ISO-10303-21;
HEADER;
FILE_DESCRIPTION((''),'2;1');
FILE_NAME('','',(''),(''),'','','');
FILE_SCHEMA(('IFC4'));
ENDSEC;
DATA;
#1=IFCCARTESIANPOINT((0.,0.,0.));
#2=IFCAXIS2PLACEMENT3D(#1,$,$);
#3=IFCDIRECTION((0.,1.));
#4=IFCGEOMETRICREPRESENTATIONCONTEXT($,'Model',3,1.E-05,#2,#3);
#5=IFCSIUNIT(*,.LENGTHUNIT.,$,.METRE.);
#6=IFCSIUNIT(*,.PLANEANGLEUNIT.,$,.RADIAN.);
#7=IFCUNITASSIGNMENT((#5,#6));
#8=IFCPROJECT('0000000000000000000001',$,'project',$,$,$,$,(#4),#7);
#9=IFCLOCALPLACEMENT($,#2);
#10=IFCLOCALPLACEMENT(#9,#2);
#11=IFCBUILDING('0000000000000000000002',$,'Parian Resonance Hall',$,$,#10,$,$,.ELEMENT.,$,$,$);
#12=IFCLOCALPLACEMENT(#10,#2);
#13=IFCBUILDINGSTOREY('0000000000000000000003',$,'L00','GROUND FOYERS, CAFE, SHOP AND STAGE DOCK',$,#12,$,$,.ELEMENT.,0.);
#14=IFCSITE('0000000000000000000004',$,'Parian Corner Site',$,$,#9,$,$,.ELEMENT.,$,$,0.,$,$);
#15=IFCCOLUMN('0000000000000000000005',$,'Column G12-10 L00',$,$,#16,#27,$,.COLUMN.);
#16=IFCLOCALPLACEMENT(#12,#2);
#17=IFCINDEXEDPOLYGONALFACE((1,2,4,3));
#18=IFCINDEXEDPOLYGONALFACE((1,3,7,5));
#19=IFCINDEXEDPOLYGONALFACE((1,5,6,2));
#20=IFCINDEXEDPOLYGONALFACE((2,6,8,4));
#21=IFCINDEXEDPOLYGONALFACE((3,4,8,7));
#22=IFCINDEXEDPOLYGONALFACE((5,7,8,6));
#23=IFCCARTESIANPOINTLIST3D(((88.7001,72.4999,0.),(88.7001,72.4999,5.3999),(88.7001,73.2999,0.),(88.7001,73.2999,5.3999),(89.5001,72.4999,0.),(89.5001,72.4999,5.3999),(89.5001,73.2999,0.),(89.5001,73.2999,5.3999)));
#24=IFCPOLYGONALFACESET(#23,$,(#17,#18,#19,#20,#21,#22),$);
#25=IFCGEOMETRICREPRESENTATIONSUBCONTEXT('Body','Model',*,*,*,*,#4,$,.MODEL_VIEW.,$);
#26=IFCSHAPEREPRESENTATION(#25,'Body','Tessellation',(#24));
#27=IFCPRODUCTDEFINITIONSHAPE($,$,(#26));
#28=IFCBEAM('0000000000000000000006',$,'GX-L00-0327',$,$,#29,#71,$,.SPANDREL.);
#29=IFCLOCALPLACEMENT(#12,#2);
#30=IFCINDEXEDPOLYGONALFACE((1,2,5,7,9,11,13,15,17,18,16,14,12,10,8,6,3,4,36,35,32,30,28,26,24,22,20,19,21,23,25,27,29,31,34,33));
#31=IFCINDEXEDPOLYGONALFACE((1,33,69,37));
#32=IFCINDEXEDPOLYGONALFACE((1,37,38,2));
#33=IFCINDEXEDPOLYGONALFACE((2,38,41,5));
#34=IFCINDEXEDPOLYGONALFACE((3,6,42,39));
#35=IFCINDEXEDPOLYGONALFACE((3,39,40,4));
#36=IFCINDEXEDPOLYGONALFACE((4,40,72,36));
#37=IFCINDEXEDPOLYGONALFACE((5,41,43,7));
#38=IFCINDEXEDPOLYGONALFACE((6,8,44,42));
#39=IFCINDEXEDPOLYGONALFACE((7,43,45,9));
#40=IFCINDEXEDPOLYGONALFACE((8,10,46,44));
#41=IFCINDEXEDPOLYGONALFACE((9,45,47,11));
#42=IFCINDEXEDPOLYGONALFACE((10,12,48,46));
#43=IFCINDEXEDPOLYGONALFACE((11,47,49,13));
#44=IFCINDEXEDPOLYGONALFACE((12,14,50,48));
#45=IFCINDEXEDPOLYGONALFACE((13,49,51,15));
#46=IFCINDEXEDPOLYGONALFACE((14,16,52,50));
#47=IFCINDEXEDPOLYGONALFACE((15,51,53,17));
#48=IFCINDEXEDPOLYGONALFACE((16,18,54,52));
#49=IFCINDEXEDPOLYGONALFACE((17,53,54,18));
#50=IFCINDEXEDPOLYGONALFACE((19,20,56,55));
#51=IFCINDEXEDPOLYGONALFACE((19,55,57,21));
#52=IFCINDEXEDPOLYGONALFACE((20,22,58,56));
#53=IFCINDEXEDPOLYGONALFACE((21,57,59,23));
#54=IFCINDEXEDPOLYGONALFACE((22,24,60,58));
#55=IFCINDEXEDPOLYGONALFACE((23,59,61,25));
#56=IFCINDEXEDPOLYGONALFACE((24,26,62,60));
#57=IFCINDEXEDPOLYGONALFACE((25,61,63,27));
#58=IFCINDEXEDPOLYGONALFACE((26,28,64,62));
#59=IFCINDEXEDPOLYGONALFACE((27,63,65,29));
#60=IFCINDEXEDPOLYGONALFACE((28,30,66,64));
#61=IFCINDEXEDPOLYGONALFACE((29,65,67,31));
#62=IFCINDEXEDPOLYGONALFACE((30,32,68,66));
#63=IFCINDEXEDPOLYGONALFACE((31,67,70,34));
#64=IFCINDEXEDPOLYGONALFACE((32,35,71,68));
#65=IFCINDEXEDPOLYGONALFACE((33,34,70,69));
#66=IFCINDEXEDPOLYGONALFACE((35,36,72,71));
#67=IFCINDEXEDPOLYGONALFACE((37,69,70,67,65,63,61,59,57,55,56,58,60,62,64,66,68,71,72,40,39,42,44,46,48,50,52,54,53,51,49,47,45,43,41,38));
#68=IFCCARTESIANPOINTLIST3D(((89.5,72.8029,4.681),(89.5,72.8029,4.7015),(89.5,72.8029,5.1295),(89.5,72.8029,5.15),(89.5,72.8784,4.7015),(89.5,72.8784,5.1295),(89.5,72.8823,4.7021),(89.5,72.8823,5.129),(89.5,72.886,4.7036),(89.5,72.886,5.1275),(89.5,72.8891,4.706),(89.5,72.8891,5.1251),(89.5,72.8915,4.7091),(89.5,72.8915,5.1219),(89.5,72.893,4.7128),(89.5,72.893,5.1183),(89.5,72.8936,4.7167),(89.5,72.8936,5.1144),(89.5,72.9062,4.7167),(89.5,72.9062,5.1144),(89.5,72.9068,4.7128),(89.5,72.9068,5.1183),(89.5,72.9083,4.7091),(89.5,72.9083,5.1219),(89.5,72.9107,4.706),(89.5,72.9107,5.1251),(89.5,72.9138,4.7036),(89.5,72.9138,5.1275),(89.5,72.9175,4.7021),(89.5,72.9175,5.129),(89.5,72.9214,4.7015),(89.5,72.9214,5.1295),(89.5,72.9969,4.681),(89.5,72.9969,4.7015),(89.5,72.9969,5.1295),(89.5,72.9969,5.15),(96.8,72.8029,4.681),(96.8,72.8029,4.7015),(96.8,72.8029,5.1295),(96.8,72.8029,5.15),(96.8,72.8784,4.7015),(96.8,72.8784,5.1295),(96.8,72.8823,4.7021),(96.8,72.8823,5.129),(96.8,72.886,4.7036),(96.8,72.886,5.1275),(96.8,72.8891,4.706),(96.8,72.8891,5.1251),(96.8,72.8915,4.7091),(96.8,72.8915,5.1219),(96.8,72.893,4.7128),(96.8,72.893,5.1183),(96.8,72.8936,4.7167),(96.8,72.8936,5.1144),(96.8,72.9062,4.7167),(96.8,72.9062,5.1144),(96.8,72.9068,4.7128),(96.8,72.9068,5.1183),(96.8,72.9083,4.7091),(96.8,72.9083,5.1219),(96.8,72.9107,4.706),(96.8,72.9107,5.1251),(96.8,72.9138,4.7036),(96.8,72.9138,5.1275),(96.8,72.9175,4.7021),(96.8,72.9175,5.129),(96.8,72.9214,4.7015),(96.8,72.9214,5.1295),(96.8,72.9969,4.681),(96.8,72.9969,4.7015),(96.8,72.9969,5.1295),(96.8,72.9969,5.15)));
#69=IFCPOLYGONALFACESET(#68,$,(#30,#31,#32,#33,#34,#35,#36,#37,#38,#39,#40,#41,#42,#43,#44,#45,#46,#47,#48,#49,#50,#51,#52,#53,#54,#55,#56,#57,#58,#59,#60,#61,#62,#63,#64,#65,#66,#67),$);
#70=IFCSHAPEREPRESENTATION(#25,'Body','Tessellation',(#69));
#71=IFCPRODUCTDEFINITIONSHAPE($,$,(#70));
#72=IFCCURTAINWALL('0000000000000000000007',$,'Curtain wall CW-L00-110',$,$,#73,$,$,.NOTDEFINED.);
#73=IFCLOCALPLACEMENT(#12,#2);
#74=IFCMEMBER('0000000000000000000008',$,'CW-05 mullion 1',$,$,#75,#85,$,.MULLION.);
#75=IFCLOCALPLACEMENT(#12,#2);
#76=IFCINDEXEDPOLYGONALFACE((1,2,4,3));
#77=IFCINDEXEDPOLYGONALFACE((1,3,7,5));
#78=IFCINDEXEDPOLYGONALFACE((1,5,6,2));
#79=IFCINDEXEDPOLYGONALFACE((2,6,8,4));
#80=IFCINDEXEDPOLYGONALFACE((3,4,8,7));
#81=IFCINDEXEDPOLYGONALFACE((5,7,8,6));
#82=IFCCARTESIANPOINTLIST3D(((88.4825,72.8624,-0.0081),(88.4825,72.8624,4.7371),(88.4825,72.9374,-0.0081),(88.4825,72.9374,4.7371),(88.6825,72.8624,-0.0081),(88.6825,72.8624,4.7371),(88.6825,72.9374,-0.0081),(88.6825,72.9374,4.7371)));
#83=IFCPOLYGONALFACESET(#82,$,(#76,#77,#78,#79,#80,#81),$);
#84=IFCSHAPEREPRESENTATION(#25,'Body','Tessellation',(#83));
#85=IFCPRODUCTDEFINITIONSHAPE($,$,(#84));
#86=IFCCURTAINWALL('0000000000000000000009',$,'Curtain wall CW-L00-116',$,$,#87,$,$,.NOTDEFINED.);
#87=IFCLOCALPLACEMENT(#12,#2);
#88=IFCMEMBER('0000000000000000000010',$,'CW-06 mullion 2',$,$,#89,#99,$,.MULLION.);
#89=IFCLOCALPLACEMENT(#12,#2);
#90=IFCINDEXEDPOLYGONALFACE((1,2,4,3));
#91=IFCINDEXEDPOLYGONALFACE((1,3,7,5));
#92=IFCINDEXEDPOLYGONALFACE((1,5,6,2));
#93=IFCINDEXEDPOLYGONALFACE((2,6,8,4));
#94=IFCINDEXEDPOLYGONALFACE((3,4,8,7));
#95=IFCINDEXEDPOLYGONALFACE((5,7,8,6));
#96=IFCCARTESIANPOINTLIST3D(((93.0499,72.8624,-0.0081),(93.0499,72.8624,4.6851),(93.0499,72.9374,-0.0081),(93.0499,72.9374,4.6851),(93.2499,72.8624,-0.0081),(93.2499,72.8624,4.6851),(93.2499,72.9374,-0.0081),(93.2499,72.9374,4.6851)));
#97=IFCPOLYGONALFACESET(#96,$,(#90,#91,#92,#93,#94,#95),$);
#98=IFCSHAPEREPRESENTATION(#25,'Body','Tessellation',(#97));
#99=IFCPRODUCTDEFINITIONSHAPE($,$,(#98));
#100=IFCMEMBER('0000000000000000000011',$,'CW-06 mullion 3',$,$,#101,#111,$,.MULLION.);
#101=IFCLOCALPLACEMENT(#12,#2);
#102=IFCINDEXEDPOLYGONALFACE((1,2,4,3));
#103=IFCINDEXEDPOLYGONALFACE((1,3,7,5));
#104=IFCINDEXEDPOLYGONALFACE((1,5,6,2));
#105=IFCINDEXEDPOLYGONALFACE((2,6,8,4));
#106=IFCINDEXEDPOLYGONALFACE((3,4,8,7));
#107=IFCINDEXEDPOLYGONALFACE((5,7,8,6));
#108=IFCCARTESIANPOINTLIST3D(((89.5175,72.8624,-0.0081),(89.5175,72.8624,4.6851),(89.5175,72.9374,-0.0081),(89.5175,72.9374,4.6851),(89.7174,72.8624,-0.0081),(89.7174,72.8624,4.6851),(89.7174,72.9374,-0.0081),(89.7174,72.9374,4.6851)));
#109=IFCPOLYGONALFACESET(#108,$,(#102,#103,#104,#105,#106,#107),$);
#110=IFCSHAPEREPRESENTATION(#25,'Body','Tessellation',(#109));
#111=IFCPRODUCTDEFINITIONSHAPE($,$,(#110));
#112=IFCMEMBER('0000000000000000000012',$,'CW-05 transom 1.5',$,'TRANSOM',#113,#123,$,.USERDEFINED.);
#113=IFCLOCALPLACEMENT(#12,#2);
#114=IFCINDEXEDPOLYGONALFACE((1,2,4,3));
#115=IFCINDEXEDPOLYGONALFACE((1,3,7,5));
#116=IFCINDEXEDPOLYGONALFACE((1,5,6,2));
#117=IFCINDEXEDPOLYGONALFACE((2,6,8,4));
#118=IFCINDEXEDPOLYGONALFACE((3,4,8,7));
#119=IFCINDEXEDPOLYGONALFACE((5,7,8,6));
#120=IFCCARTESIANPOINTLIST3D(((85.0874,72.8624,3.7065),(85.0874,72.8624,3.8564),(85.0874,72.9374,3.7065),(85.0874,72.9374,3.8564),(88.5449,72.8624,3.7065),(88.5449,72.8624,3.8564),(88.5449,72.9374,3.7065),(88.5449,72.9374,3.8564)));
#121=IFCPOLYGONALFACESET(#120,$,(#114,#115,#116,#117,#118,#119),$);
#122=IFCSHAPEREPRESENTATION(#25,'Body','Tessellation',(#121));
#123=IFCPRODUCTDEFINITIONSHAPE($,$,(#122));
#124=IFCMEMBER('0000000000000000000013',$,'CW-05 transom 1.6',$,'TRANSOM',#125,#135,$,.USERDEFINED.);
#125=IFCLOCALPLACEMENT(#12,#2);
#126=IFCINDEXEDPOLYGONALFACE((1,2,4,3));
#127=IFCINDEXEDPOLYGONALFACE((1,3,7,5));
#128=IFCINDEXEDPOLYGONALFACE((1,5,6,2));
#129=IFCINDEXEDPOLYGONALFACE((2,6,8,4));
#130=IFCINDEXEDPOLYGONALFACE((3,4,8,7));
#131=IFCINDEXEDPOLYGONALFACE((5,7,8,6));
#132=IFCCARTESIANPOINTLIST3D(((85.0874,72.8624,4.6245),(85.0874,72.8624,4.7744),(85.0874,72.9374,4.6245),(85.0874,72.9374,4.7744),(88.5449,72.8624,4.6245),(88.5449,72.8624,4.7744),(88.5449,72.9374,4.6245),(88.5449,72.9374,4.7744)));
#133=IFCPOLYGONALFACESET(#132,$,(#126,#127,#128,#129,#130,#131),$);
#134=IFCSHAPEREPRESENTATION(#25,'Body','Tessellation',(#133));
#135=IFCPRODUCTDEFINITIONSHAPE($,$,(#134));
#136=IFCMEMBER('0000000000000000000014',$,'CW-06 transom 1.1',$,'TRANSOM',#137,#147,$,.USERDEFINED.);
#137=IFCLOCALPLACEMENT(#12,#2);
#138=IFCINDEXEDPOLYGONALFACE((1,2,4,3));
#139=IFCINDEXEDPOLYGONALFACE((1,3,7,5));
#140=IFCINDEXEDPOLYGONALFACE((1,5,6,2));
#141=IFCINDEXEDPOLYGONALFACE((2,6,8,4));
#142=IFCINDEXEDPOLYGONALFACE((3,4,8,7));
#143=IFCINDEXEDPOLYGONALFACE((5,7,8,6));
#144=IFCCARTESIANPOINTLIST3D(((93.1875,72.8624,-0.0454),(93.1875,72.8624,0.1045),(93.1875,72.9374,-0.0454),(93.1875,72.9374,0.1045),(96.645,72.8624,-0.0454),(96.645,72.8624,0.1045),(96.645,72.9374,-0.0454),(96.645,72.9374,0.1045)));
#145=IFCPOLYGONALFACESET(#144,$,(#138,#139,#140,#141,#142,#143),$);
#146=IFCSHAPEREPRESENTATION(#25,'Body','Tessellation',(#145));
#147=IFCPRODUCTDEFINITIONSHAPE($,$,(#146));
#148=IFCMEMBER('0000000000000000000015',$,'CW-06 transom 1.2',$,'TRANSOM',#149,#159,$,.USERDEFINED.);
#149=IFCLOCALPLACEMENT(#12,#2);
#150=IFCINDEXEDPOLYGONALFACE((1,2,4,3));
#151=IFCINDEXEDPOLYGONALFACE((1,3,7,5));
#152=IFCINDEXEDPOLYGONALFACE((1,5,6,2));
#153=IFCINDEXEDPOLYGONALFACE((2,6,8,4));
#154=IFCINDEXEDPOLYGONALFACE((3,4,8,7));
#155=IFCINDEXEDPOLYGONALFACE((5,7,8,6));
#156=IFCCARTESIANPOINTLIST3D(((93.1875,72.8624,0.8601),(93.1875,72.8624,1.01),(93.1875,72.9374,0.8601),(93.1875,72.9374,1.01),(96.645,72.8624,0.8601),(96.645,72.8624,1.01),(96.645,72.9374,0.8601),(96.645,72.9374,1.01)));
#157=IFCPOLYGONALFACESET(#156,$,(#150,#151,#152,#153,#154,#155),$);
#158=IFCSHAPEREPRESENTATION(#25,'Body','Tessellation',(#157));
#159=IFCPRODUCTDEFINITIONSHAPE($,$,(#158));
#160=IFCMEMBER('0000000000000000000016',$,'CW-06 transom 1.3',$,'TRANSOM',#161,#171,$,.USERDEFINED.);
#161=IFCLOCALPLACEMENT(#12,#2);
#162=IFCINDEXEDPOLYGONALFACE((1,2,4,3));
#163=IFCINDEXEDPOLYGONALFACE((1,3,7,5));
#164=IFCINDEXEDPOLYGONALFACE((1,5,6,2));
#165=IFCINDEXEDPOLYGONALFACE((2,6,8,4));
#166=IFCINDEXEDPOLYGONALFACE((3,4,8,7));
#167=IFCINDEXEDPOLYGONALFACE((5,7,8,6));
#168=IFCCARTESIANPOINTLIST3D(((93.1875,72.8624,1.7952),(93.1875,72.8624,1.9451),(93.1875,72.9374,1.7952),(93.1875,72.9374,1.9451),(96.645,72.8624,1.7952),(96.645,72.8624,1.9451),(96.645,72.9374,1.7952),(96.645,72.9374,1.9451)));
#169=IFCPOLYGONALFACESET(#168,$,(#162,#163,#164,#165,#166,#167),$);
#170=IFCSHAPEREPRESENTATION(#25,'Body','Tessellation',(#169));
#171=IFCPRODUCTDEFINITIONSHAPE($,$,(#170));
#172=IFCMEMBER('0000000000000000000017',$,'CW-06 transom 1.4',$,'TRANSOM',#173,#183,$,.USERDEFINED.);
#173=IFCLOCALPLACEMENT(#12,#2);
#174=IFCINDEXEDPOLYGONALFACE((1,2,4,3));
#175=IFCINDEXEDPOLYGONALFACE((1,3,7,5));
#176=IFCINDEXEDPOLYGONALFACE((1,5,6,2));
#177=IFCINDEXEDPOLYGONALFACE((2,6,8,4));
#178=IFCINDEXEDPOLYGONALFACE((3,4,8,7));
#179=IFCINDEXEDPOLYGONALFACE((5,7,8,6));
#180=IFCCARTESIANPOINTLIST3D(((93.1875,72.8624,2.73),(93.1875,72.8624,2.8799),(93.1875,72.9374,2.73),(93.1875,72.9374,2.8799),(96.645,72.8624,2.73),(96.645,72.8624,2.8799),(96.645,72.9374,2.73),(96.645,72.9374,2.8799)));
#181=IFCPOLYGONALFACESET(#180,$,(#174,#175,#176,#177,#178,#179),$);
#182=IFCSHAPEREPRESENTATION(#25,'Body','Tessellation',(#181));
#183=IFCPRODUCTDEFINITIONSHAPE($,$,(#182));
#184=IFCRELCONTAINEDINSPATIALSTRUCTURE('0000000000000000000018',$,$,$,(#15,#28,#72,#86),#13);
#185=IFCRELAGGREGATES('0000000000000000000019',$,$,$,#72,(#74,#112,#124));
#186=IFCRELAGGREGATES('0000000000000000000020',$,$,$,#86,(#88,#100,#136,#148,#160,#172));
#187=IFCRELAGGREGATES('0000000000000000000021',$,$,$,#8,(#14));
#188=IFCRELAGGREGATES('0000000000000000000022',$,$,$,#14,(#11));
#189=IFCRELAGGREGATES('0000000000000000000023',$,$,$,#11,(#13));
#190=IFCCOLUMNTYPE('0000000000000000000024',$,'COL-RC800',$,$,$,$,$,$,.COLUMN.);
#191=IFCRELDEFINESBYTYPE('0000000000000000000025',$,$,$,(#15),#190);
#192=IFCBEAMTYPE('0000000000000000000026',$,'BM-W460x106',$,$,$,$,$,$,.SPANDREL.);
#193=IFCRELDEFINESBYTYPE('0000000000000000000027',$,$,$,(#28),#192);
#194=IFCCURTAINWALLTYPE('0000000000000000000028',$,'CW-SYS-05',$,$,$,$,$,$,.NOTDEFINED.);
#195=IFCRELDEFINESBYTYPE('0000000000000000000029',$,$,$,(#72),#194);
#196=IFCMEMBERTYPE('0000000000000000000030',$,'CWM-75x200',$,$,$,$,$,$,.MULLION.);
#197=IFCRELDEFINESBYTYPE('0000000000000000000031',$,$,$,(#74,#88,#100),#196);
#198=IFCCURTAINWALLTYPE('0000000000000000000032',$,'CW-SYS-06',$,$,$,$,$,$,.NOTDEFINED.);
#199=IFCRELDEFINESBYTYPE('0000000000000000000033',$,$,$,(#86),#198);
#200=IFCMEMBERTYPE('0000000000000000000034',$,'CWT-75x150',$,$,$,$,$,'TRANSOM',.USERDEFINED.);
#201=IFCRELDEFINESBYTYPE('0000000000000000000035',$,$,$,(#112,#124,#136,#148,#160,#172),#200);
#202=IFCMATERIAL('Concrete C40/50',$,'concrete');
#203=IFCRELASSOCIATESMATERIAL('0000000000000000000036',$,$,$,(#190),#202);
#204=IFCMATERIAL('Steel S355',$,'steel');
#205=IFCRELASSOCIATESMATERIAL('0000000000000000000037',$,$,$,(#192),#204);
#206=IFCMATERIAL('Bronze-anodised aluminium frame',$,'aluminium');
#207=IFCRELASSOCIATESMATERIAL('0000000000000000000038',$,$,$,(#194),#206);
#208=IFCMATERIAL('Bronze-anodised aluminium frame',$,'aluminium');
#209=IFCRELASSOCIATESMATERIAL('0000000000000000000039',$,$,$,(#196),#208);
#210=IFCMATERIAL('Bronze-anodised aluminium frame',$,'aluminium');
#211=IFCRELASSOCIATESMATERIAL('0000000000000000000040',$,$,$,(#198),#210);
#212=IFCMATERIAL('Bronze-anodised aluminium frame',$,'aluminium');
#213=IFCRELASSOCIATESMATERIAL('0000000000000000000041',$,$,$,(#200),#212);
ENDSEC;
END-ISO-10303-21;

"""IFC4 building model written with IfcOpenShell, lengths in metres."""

from ifc_helpers import new_model, si_unit, direction, frame, origin, origin_2d, place, context, subcontext, project, spatial, rectangle, i_section, extrude, material, material_profile, profile_set, type_object, element, aggregate, save


model = new_model("IFC4")

# Units and contexts
model_context = context("Model", 3, precision=1e-05, world=origin(), true_north=direction((0.0, 1.0)))
body_context = subcontext(model_context, "Body", "Model", "MODEL_VIEW")
ifc_project = project(units=[si_unit("LENGTHUNIT", "METRE"), si_unit("PLANEANGLEUNIT", "RADIAN")], contexts=[model_context])

# Site, building, storey
site_placement = place(None, origin())
site = spatial("IfcSite", under=ifc_project, at=site_placement, Name="Parian Corner Site", CompositionType="ELEMENT", RefElevation=0.0)
building_placement = place(site_placement, origin())
building = spatial("IfcBuilding", under=site, at=building_placement, Name="Parian Resonance Hall", CompositionType="ELEMENT")
storey_placement = place(building_placement, origin())
storey = spatial("IfcBuildingStorey", under=building, at=storey_placement, Name="L00", Description="GROUND FOYERS, CAFE, SHOP AND STAGE DOCK", CompositionType="ELEMENT", Elevation=0.0)

# Column
ifc_material_1 = material(Name="Concrete C40/50", Category="concrete")
ifc_material_profile_1 = material_profile(ifc_material_1, rectangle(XDim=0.8, YDim=0.8, at=origin_2d()), Name="RC-COL-800x800")
ifc_profile_set_1 = profile_set([ifc_material_profile_1], Name="Concrete C40/50")
column_type = type_object("IfcColumnType", Name="COL-RC800", PredefinedType="COLUMN", material=ifc_profile_set_1)
column_placement = place(storey_placement, frame((89.1001, 72.8999, 0.0), z_axis=(0.0, 0.0, 1.0), x_axis=(1.0, 0.0, 0.0)))
element("IfcColumn", 1, at=column_placement, inside=storey, type_object=column_type, Name="Column G12-10 L00", PredefinedType="COLUMN", context=body_context, shape_type="SweptSolid", body=[
    extrude(rectangle(XDim=0.8, YDim=0.8, at=origin_2d()), origin(), (0.0, 0.0, 1.0), 5.3999),
])

# Beam
ifc_material_2 = material(Name="Steel S355", Category="steel")
ifc_material_profile_2 = material_profile(ifc_material_2, i_section(OverallWidth=0.1941, OverallDepth=0.469, WebThickness=0.0127, FlangeThickness=0.0205, FilletRadius=0.0151, at=origin_2d()), Name="W460x106")
ifc_profile_set_2 = profile_set([ifc_material_profile_2], Name="Steel S355")
beam_type = type_object("IfcBeamType", Name="BM-W460x106", PredefinedType="SPANDREL", material=ifc_profile_set_2)
beam_placement = place(storey_placement, frame((89.5, 72.8999, 4.9155), z_axis=(1.0, 0.0, 0.0), x_axis=(0.0, 1.0, 0.0)))
element("IfcBeam", 2, at=beam_placement, inside=storey, type_object=beam_type, Name="GX-L00-0327", PredefinedType="SPANDREL", context=body_context, shape_type="SweptSolid", body=[
    extrude(i_section(OverallWidth=0.1941, OverallDepth=0.469, WebThickness=0.0127, FlangeThickness=0.0205, FilletRadius=0.0151, at=origin_2d()), origin(), (0.0, 0.0, 1.0), 7.3),
])

# Curtain wall, member
ifc_material_3 = material(Name="Bronze-anodised aluminium frame", Category="aluminium")
curtain_wall_type_1 = type_object("IfcCurtainWallType", Name="CW-SYS-05", PredefinedType="NOTDEFINED", material=ifc_material_3)
curtain_wall_1_placement = place(storey_placement, origin())
curtain_wall_1 = element("IfcCurtainWall", 3, at=curtain_wall_1_placement, inside=storey, type_object=curtain_wall_type_1, Name="Curtain wall CW-L00-110", PredefinedType="NOTDEFINED")
ifc_material_4 = material(Name="Bronze-anodised aluminium frame", Category="aluminium")
ifc_material_profile_3 = material_profile(ifc_material_4, rectangle(XDim=0.075, YDim=0.2, at=origin_2d()), Name="CWM-75x200")
ifc_profile_set_3 = profile_set([ifc_material_profile_3], Name="Bronze-anodised aluminium frame")
member_type_1 = type_object("IfcMemberType", Name="CWM-75x200", PredefinedType="MULLION", material=ifc_profile_set_3)
member_1_placement = place(storey_placement, frame((88.5825, 72.8999, -0.0081), z_axis=(0.0, 0.0, 1.0), x_axis=(0.0, -1.0, 0.0)))
member_1 = element("IfcMember", 4, at=member_1_placement, type_object=member_type_1, Name="CW-05 mullion 1", PredefinedType="MULLION", context=body_context, shape_type="SweptSolid", body=[
    extrude(rectangle(XDim=0.075, YDim=0.2, at=origin_2d()), origin(), (0.0, 0.0, 1.0), 4.7451),
])

# Curtain wall, members
ifc_material_5 = material(Name="Bronze-anodised aluminium frame", Category="aluminium")
curtain_wall_type_2 = type_object("IfcCurtainWallType", Name="CW-SYS-06", PredefinedType="NOTDEFINED", material=ifc_material_5)
curtain_wall_2_placement = place(storey_placement, origin())
curtain_wall_2 = element("IfcCurtainWall", 5, at=curtain_wall_2_placement, inside=storey, type_object=curtain_wall_type_2, Name="Curtain wall CW-L00-116", PredefinedType="NOTDEFINED")
member_2_placement = place(storey_placement, frame((93.1499, 72.8999, -0.0081), z_axis=(0.0, 0.0, 1.0), x_axis=(0.0, -1.0, 0.0)))
member_2 = element("IfcMember", 6, at=member_2_placement, type_object=member_type_1, Name="CW-06 mullion 2", PredefinedType="MULLION", context=body_context, shape_type="SweptSolid", body=[
    extrude(rectangle(XDim=0.075, YDim=0.2, at=origin_2d()), origin(), (0.0, 0.0, 1.0), 4.6931),
])
member_3_placement = place(storey_placement, frame((89.6174, 72.8999, -0.0081), z_axis=(0.0, 0.0, 1.0), x_axis=(0.0, -1.0, 0.0)))
member_3 = element("IfcMember", 7, at=member_3_placement, type_object=member_type_1, Name="CW-06 mullion 3", PredefinedType="MULLION", context=body_context, shape_type="SweptSolid", body=[
    extrude(rectangle(XDim=0.075, YDim=0.2, at=origin_2d()), origin(), (0.0, 0.0, 1.0), 4.6931),
])

# Members
ifc_material_6 = material(Name="Bronze-anodised aluminium frame", Category="aluminium")
ifc_material_profile_4 = material_profile(ifc_material_6, rectangle(XDim=0.075, YDim=0.1499, at=origin_2d()), Name="CWT-75x150")
ifc_profile_set_4 = profile_set([ifc_material_profile_4], Name="Bronze-anodised aluminium frame")
member_type_2 = type_object("IfcMemberType", Name="CWT-75x150", ElementType="TRANSOM", PredefinedType="USERDEFINED", material=ifc_profile_set_4)
member_4_placement = place(storey_placement, frame((88.5449, 72.8999, 3.7815), z_axis=(-1.0, 0.0, 0.0), x_axis=(0.0, -1.0, 0.0)))
member_4 = element("IfcMember", 8, at=member_4_placement, type_object=member_type_2, Name="CW-05 transom 1.5", ObjectType="TRANSOM", PredefinedType="USERDEFINED", context=body_context, shape_type="SweptSolid", body=[
    extrude(rectangle(XDim=0.075, YDim=0.1499, at=origin_2d()), origin(), (0.0, 0.0, 1.0), 3.4575),
])
member_5_placement = place(storey_placement, frame((88.5449, 72.8999, 4.6995), z_axis=(-1.0, 0.0, 0.0), x_axis=(0.0, -1.0, 0.0)))
member_5 = element("IfcMember", 9, at=member_5_placement, type_object=member_type_2, Name="CW-05 transom 1.6", ObjectType="TRANSOM", PredefinedType="USERDEFINED", context=body_context, shape_type="SweptSolid", body=[
    extrude(rectangle(XDim=0.075, YDim=0.1499, at=origin_2d()), origin(), (0.0, 0.0, 1.0), 3.4575),
])
aggregate(curtain_wall_1, [member_1, member_4, member_5])
member_6_placement = place(storey_placement, frame((96.645, 72.8999, 0.0295), z_axis=(-1.0, 0.0, 0.0), x_axis=(0.0, -1.0, 0.0)))
member_6 = element("IfcMember", 10, at=member_6_placement, type_object=member_type_2, Name="CW-06 transom 1.1", ObjectType="TRANSOM", PredefinedType="USERDEFINED", context=body_context, shape_type="SweptSolid", body=[
    extrude(rectangle(XDim=0.075, YDim=0.1499, at=origin_2d()), origin(), (0.0, 0.0, 1.0), 3.4575),
])
member_7_placement = place(storey_placement, frame((96.645, 72.8999, 0.9351), z_axis=(-1.0, 0.0, 0.0), x_axis=(0.0, -1.0, 0.0)))
member_7 = element("IfcMember", 11, at=member_7_placement, type_object=member_type_2, Name="CW-06 transom 1.2", ObjectType="TRANSOM", PredefinedType="USERDEFINED", context=body_context, shape_type="SweptSolid", body=[
    extrude(rectangle(XDim=0.075, YDim=0.1499, at=origin_2d()), origin(), (0.0, 0.0, 1.0), 3.4575),
])
member_8_placement = place(storey_placement, frame((96.645, 72.8999, 1.8701), z_axis=(-1.0, 0.0, 0.0), x_axis=(0.0, -1.0, 0.0)))
member_8 = element("IfcMember", 12, at=member_8_placement, type_object=member_type_2, Name="CW-06 transom 1.3", ObjectType="TRANSOM", PredefinedType="USERDEFINED", context=body_context, shape_type="SweptSolid", body=[
    extrude(rectangle(XDim=0.075, YDim=0.1499, at=origin_2d()), origin(), (0.0, 0.0, 1.0), 3.4575),
])
member_9_placement = place(storey_placement, frame((96.645, 72.8999, 2.8049), z_axis=(-1.0, 0.0, 0.0), x_axis=(0.0, -1.0, 0.0)))
member_9 = element("IfcMember", 13, at=member_9_placement, type_object=member_type_2, Name="CW-06 transom 1.4", ObjectType="TRANSOM", PredefinedType="USERDEFINED", context=body_context, shape_type="SweptSolid", body=[
    extrude(rectangle(XDim=0.075, YDim=0.1499, at=origin_2d()), origin(), (0.0, 0.0, 1.0), 3.4575),
])

aggregate(curtain_wall_2, [member_2, member_3, member_6, member_7, member_8, member_9])

save(model, "model.ifc")
